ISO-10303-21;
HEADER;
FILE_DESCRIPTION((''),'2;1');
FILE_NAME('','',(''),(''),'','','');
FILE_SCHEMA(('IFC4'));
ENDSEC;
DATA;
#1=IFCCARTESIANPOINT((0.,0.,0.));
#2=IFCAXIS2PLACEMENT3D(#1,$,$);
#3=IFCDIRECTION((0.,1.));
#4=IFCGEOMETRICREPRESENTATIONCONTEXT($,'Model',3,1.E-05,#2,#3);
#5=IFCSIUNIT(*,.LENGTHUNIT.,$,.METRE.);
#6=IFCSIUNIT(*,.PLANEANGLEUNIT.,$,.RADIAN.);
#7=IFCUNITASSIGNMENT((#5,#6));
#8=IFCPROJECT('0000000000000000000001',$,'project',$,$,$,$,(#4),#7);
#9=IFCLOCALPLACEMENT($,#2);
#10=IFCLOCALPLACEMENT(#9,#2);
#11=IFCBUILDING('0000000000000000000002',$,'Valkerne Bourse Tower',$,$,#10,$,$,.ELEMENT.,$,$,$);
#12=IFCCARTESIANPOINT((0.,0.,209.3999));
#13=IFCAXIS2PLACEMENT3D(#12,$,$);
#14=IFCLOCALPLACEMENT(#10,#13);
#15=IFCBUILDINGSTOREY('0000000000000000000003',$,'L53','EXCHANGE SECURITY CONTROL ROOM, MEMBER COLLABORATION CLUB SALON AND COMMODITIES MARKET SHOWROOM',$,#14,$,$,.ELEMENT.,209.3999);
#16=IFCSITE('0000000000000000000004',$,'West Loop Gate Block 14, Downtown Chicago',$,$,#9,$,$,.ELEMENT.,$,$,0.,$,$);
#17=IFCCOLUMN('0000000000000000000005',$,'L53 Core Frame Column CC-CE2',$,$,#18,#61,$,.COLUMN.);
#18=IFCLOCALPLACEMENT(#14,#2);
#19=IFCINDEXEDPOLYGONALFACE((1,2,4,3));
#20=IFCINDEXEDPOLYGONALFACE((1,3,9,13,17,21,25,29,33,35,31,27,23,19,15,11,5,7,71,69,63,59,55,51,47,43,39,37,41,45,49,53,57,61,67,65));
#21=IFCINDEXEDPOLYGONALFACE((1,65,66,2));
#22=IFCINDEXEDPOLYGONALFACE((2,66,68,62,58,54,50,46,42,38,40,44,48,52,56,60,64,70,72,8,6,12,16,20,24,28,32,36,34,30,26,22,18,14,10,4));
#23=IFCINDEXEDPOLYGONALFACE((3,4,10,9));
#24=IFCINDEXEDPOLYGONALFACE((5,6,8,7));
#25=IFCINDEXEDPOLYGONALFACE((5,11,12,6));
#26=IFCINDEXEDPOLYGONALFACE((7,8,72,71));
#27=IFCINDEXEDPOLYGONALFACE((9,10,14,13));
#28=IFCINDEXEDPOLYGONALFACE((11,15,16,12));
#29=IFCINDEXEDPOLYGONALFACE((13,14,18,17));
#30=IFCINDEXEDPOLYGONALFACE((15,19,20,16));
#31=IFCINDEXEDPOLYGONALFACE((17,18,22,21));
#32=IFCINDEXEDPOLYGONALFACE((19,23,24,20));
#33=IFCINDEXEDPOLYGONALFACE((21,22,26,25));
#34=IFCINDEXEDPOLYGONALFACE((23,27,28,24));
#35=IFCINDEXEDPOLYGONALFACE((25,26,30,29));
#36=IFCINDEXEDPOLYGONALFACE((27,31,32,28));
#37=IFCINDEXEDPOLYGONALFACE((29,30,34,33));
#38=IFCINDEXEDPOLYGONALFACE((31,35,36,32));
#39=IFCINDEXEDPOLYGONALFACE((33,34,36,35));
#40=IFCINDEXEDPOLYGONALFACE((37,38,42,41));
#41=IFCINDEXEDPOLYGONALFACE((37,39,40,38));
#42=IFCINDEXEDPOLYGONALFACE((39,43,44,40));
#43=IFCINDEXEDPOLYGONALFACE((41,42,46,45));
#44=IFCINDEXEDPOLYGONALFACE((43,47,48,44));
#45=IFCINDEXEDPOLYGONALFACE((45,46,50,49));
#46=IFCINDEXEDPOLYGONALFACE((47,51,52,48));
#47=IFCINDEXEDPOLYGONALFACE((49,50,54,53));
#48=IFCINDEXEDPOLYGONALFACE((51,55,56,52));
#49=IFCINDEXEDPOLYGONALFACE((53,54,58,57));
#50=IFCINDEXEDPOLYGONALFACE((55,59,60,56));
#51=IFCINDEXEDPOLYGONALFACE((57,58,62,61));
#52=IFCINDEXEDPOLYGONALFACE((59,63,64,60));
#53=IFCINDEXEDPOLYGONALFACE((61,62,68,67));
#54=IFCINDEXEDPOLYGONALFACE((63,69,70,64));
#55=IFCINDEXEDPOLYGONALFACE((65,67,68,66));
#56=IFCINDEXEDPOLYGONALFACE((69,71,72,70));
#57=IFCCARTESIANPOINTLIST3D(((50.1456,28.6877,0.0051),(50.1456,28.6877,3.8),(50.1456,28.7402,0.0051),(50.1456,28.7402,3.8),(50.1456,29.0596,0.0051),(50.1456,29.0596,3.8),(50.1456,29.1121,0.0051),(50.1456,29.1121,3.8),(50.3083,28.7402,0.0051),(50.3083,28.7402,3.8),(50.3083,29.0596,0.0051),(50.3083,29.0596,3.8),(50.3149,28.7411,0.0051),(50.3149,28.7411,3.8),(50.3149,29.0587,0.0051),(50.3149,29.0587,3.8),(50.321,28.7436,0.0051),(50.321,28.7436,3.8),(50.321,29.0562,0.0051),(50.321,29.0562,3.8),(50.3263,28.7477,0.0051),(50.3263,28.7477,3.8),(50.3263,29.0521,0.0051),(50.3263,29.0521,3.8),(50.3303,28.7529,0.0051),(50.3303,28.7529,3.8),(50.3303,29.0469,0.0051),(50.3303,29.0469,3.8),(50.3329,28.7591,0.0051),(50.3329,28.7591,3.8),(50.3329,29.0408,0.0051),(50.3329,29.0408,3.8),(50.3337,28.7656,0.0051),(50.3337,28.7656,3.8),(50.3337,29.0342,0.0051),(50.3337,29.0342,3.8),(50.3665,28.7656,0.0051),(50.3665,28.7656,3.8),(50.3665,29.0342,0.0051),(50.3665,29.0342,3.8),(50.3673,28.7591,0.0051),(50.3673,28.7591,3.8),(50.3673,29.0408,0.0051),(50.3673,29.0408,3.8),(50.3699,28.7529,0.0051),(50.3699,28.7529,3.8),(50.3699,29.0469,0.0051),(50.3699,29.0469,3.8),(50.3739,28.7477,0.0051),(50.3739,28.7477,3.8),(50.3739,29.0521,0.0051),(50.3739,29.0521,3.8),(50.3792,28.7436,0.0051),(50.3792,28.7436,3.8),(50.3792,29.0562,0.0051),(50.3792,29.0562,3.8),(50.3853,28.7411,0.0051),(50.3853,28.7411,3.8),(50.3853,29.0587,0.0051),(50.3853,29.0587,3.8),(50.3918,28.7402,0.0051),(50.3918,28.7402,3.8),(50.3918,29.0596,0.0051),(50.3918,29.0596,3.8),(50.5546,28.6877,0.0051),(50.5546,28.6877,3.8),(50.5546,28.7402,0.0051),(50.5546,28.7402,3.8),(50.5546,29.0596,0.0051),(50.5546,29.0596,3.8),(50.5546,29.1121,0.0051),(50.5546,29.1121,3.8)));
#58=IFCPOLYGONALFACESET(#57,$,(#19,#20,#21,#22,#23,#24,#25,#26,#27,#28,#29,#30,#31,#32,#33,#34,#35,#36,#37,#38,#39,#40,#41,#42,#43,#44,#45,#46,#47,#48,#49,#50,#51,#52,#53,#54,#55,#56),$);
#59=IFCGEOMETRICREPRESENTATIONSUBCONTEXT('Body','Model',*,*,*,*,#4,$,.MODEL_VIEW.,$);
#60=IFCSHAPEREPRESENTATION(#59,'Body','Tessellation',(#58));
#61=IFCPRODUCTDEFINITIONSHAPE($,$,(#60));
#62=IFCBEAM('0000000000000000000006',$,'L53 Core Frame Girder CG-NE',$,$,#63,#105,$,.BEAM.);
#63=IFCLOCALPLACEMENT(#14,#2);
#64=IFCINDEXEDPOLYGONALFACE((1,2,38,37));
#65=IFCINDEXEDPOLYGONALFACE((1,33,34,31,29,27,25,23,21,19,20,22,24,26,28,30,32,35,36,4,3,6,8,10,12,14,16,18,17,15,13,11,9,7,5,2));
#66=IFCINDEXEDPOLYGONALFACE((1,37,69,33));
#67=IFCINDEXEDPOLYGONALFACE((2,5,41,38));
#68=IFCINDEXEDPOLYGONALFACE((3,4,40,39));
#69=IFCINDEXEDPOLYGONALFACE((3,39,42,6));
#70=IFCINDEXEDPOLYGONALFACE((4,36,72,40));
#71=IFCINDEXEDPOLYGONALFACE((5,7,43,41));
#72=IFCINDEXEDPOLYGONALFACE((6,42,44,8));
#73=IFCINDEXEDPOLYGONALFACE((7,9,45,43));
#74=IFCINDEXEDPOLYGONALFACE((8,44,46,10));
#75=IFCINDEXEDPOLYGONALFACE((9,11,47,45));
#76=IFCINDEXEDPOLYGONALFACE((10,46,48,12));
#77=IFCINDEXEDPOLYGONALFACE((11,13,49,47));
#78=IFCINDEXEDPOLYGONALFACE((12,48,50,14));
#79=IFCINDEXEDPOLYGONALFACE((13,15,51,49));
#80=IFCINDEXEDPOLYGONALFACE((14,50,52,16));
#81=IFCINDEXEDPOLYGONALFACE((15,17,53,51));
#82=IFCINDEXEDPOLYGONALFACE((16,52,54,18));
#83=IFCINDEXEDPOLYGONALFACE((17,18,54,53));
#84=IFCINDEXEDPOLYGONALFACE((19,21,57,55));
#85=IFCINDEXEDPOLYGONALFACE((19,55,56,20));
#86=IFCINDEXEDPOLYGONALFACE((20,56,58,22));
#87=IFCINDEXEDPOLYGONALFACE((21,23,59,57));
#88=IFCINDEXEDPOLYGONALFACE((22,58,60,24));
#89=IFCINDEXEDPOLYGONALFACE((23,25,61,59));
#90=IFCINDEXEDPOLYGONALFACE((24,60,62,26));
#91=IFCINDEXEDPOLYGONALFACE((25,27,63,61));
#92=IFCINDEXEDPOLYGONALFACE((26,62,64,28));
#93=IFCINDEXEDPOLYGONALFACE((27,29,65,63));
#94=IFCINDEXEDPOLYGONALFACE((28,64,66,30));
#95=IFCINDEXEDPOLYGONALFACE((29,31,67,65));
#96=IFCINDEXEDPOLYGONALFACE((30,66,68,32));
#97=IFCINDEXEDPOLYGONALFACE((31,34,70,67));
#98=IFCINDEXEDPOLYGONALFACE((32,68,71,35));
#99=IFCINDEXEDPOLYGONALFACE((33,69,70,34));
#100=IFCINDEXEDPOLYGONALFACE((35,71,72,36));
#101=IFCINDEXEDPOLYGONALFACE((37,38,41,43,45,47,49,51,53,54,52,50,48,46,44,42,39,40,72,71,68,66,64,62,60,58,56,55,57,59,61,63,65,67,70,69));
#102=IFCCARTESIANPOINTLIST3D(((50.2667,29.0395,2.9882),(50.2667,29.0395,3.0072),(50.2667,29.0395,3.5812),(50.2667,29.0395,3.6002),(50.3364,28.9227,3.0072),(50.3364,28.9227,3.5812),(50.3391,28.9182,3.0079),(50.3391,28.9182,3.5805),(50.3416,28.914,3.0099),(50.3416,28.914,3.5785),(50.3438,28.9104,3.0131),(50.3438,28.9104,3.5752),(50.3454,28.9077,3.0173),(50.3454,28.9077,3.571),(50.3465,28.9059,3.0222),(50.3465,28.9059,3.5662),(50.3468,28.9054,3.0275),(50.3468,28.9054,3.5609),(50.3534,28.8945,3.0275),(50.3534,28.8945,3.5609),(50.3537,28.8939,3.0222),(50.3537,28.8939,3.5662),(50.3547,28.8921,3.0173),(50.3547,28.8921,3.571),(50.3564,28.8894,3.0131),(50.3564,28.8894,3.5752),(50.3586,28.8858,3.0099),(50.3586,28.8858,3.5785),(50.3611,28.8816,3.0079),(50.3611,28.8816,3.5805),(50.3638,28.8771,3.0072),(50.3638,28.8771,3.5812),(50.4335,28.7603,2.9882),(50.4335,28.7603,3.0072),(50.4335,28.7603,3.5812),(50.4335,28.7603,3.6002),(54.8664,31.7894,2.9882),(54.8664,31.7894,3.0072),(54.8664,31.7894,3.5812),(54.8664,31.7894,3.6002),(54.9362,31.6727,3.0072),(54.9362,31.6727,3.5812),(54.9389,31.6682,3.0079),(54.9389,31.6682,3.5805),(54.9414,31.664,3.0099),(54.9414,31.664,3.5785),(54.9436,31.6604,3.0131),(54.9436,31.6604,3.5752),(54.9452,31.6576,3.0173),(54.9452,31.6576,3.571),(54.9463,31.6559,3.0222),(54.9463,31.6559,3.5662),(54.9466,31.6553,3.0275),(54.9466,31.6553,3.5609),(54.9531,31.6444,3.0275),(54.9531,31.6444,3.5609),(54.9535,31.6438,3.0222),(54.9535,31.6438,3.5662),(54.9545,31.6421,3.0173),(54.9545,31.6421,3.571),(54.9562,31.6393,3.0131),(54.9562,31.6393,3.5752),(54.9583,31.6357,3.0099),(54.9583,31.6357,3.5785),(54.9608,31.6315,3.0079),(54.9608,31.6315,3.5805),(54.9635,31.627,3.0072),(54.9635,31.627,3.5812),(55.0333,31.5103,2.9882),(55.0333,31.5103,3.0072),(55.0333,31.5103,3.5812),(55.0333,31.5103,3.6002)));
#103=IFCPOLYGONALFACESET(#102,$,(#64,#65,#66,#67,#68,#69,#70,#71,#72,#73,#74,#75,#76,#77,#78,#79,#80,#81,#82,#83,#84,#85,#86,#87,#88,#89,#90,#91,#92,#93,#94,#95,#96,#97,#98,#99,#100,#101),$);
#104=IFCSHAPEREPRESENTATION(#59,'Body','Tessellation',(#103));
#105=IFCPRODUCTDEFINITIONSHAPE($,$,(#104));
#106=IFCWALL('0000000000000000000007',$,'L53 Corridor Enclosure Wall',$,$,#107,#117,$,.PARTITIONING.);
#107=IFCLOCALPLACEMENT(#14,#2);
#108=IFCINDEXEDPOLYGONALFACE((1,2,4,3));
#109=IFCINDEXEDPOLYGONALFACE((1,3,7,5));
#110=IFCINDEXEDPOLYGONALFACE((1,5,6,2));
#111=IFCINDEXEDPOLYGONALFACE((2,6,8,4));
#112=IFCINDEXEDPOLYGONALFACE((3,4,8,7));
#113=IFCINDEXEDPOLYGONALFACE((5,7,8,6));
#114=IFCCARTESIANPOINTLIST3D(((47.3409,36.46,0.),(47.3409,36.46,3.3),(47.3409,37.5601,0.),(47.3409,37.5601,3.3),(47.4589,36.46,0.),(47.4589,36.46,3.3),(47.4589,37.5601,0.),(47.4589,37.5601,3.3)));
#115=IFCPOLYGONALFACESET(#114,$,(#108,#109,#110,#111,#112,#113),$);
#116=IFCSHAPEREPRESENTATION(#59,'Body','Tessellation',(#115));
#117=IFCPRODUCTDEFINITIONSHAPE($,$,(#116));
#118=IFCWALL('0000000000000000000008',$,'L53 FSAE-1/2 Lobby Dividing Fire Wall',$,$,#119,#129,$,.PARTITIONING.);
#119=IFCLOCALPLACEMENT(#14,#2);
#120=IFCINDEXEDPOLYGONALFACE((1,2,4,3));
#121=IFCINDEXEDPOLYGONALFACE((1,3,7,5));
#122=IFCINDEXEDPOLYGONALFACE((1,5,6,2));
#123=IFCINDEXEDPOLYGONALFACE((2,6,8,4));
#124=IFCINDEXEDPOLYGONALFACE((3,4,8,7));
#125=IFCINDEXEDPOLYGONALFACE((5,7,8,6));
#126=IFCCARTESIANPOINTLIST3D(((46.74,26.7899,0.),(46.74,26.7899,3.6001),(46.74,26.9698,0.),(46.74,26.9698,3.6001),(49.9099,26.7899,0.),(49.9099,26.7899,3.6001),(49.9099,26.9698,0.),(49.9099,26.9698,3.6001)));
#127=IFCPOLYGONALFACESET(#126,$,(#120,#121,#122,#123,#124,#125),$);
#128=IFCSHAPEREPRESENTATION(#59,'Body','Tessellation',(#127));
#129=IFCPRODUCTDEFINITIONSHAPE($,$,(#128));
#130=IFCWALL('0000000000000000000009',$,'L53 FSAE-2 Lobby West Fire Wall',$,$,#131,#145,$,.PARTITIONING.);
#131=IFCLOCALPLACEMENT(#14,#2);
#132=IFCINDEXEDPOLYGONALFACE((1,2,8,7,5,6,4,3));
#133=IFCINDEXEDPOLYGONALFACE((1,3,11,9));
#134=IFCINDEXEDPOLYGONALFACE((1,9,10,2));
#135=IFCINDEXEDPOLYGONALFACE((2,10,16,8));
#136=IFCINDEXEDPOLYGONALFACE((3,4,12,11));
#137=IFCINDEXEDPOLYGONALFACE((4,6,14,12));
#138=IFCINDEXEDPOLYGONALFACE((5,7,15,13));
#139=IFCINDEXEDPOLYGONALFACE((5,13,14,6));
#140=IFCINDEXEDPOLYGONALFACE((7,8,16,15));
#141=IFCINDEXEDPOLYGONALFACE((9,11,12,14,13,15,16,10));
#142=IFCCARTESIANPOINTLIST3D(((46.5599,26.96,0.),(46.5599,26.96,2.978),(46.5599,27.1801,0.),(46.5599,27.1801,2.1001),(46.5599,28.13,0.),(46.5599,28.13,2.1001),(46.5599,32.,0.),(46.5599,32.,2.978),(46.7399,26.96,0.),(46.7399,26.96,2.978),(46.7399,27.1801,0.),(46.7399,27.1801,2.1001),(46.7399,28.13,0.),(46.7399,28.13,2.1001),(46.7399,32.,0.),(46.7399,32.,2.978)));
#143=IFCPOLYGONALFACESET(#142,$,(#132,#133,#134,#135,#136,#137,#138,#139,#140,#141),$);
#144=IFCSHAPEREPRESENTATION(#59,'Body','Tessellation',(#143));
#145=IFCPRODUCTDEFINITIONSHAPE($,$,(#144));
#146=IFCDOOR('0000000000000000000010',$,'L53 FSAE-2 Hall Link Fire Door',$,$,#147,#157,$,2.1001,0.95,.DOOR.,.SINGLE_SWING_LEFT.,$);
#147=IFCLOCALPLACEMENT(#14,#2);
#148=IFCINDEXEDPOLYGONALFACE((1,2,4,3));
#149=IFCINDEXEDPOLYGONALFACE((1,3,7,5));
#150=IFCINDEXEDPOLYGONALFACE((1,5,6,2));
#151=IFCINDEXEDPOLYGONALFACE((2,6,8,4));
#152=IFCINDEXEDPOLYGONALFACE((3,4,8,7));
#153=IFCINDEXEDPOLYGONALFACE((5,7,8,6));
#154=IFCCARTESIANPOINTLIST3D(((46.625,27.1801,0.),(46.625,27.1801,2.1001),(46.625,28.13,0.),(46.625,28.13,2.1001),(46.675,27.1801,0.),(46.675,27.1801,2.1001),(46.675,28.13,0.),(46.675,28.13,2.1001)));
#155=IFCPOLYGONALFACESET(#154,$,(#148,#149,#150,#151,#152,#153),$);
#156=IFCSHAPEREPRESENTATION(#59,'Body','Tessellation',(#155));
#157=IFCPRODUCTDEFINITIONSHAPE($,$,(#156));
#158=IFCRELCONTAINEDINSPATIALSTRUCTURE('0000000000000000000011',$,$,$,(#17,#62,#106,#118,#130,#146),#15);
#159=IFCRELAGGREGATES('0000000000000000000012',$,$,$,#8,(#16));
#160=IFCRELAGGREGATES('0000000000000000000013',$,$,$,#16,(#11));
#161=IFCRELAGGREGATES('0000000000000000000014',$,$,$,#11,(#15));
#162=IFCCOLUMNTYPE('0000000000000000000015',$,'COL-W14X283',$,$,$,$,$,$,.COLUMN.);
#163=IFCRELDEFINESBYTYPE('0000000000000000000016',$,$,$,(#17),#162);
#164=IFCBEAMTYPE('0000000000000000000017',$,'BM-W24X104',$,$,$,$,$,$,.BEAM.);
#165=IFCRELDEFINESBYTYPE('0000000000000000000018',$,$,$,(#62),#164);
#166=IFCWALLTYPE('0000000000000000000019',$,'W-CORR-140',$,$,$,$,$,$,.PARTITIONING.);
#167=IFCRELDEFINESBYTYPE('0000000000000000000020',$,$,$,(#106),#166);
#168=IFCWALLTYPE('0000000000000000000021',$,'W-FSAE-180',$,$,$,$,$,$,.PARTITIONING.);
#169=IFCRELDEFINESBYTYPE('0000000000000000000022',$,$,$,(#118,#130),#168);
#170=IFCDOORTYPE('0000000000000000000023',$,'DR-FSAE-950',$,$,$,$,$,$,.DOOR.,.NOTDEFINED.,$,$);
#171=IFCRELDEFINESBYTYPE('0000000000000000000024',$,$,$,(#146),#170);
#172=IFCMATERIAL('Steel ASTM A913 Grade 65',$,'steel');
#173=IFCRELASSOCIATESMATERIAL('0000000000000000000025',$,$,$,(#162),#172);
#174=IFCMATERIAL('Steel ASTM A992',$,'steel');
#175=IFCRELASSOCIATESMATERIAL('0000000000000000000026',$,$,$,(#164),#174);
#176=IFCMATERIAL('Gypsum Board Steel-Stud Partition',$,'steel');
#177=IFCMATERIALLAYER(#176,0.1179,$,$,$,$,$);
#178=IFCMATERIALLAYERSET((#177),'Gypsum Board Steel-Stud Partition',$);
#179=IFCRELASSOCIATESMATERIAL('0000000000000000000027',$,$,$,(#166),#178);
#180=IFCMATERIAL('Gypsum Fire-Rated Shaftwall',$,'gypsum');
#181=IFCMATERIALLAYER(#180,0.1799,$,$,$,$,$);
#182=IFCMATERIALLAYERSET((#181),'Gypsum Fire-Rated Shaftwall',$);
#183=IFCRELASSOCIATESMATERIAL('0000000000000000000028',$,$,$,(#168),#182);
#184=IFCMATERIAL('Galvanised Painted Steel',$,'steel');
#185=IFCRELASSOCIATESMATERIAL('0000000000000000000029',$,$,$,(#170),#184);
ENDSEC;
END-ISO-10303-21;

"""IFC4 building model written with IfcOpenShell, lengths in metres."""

from ifc_helpers import new_model, si_unit, direction, frame, frame_2d, origin, origin_2d, place, context, subcontext, project, spatial, rectangle, i_section, extrude, material, layer, layer_set, material_profile, profile_set, type_object, element, fill, save


model = new_model("IFC4")

# Units and contexts
model_context = context("Model", 3, precision=1e-05, world=origin(), true_north=direction((0.0, 1.0)))
body_context = subcontext(model_context, "Body", "Model", "MODEL_VIEW")
ifc_project = project(units=[si_unit("LENGTHUNIT", "METRE"), si_unit("PLANEANGLEUNIT", "RADIAN")], contexts=[model_context])

# Site, building, storey
site_placement = place(None, origin())
site = spatial("IfcSite", under=ifc_project, at=site_placement, Name="West Loop Gate Block 14, Downtown Chicago", CompositionType="ELEMENT", RefElevation=0.0)
building_placement = place(site_placement, origin())
building = spatial("IfcBuilding", under=site, at=building_placement, Name="Valkerne Bourse Tower", CompositionType="ELEMENT")
storey_placement = place(building_placement, frame((0.0, 0.0, 209.3999)))
storey = spatial("IfcBuildingStorey", under=building, at=storey_placement, Name="L53", Description="EXCHANGE SECURITY CONTROL ROOM, MEMBER COLLABORATION CLUB SALON AND COMMODITIES MARKET SHOWROOM", CompositionType="ELEMENT", Elevation=209.3999)

# Column
ifc_material_1 = material(Name="Steel ASTM A913 Grade 65", Category="steel")
ifc_material_profile_1 = material_profile(ifc_material_1, i_section(OverallWidth=0.4089, OverallDepth=0.4243, WebThickness=0.0327, FlangeThickness=0.0525, FilletRadius=0.0254, at=origin_2d()), Name="W14X283")
ifc_profile_set_1 = profile_set([ifc_material_profile_1], Name="Steel ASTM A913 Grade 65")
column_type = type_object("IfcColumnType", Name="COL-W14X283", PredefinedType="COLUMN", material=ifc_profile_set_1)
column_placement = place(storey_placement, frame((50.3501, 28.8999, 0.0051), z_axis=(0.0, 0.0, 1.0), x_axis=(1.0, 0.0, 0.0)))
element("IfcColumn", 1, at=column_placement, inside=storey, type_object=column_type, Name="L53 Core Frame Column CC-CE2", PredefinedType="COLUMN", context=body_context, shape_type="SweptSolid", body=[
    extrude(i_section(OverallWidth=0.4089, OverallDepth=0.4243, WebThickness=0.0327, FlangeThickness=0.0525, FilletRadius=0.0254, at=origin_2d()), origin(), (0.0, 0.0, 1.0), 3.7949),
])

# Beam
ifc_material_2 = material(Name="Steel ASTM A992", Category="steel")
ifc_material_profile_2 = material_profile(ifc_material_2, i_section(OverallWidth=0.3252, OverallDepth=0.6121, WebThickness=0.0127, FlangeThickness=0.019, FilletRadius=0.0203, at=origin_2d()), Name="W24X104")
ifc_profile_set_2 = profile_set([ifc_material_profile_2], Name="Steel ASTM A992")
beam_type = type_object("IfcBeamType", Name="BM-W24X104", PredefinedType="BEAM", material=ifc_profile_set_2)
beam_placement = place(storey_placement, frame((50.3501, 28.8999, 3.2942), z_axis=(0.858308, 0.513135, 0.0), x_axis=(-0.513135, 0.858308, 0.0)))
element("IfcBeam", 2, at=beam_placement, inside=storey, type_object=beam_type, Name="L53 Core Frame Girder CG-NE", PredefinedType="BEAM", context=body_context, shape_type="SweptSolid", body=[
    extrude(i_section(OverallWidth=0.3252, OverallDepth=0.6121, WebThickness=0.0127, FlangeThickness=0.019, FilletRadius=0.0203, at=origin_2d()), origin(), (0.0, 0.0, 1.0), 5.3591),
])

# Walls
ifc_material_3 = material(Name="Gypsum Board Steel-Stud Partition", Category="steel")
ifc_layer_1 = layer(ifc_material_3, 0.1179)
ifc_layer_set_1 = layer_set([ifc_layer_1], Name="Gypsum Board Steel-Stud Partition")
wall_type_1 = type_object("IfcWallType", Name="W-CORR-140", PredefinedType="PARTITIONING", material=ifc_layer_set_1)
wall_1_placement = place(storey_placement, frame((47.3999, 37.5601, 0.0), z_axis=(0.0, 0.0, 1.0), x_axis=(0.0, -1.0, 0.0)))
element("IfcWall", 3, at=wall_1_placement, inside=storey, type_object=wall_type_1, Name="L53 Corridor Enclosure Wall", PredefinedType="PARTITIONING", context=body_context, shape_type="SweptSolid", body=[
    extrude(rectangle(XDim=1.1001, YDim=0.1179, at=frame_2d((0.55, 0.0))), origin(), (0.0, 0.0, 1.0), 3.3),
])
ifc_material_4 = material(Name="Gypsum Fire-Rated Shaftwall", Category="gypsum")
ifc_layer_2 = layer(ifc_material_4, 0.1799)
ifc_layer_set_2 = layer_set([ifc_layer_2], Name="Gypsum Fire-Rated Shaftwall")
wall_type_2 = type_object("IfcWallType", Name="W-FSAE-180", PredefinedType="PARTITIONING", material=ifc_layer_set_2)
wall_2_placement = place(storey_placement, frame((46.74, 26.8799, 0.0), z_axis=(0.0, 0.0, 1.0), x_axis=(1.0, 0.0, 0.0)))
element("IfcWall", 4, at=wall_2_placement, inside=storey, type_object=wall_type_2, Name="L53 FSAE-1/2 Lobby Dividing Fire Wall", PredefinedType="PARTITIONING", context=body_context, shape_type="SweptSolid", body=[
    extrude(rectangle(XDim=3.1699, YDim=0.1799, at=frame_2d((1.585, 0.0))), origin(), (0.0, 0.0, 1.0), 3.6001),
])

# Wall, opening, door
wall_3_placement = place(storey_placement, frame((46.6499, 26.96, 0.0), z_axis=(0.0, 0.0, 1.0), x_axis=(0.0, 1.0, 0.0)))
wall_3 = element("IfcWall", 5, at=wall_3_placement, inside=storey, type_object=wall_type_2, Name="L53 FSAE-2 Lobby West Fire Wall", PredefinedType="PARTITIONING", context=body_context, shape_type="SweptSolid", body=[
    extrude(rectangle(XDim=5.04, YDim=0.1799, at=frame_2d((2.52, 0.0))), origin(), (0.0, 0.0, 1.0), 2.978),
])
opening_1_placement = place(wall_3_placement, frame((0.22, 0.0, 0.0)))
opening_1 = element("IfcOpeningElement", 6, at=opening_1_placement, cuts=wall_3, PredefinedType="OPENING", context=body_context, shape_type="SweptSolid", body=[
    extrude(rectangle(XDim=0.95, YDim=2.1001, at=frame_2d((0.4751, 1.05))), frame((0.0, 0.0999, 0.0), z_axis=(0.0, -1.0, 0.0), x_axis=(1.0, 0.0, 0.0)), (0.0, 0.0, 1.0), 0.2),
])
ifc_material_5 = material(Name="Galvanised Painted Steel", Category="steel")
door_type_1 = type_object("IfcDoorType", Name="DR-FSAE-950", OperationType="NOTDEFINED", PredefinedType="DOOR", material=ifc_material_5)
door_1_placement = place(opening_1_placement, origin())
door_1 = element("IfcDoor", 7, at=door_1_placement, inside=storey, type_object=door_type_1, Name="L53 FSAE-2 Hall Link Fire Door", OperationType="SINGLE_SWING_LEFT", OverallHeight=2.1001, OverallWidth=0.95, PredefinedType="DOOR", context=body_context, shape_type="SweptSolid", body=[
    extrude(rectangle(XDim=0.95, YDim=2.1001, at=frame_2d((0.4751, 1.05))), frame((0.0, 0.0249, 0.0), z_axis=(0.0, -1.0, 0.0), x_axis=(1.0, 0.0, 0.0)), (0.0, 0.0, 1.0), 0.05),
])
fill(opening_1, door_1)

save(model, "model.ifc")
